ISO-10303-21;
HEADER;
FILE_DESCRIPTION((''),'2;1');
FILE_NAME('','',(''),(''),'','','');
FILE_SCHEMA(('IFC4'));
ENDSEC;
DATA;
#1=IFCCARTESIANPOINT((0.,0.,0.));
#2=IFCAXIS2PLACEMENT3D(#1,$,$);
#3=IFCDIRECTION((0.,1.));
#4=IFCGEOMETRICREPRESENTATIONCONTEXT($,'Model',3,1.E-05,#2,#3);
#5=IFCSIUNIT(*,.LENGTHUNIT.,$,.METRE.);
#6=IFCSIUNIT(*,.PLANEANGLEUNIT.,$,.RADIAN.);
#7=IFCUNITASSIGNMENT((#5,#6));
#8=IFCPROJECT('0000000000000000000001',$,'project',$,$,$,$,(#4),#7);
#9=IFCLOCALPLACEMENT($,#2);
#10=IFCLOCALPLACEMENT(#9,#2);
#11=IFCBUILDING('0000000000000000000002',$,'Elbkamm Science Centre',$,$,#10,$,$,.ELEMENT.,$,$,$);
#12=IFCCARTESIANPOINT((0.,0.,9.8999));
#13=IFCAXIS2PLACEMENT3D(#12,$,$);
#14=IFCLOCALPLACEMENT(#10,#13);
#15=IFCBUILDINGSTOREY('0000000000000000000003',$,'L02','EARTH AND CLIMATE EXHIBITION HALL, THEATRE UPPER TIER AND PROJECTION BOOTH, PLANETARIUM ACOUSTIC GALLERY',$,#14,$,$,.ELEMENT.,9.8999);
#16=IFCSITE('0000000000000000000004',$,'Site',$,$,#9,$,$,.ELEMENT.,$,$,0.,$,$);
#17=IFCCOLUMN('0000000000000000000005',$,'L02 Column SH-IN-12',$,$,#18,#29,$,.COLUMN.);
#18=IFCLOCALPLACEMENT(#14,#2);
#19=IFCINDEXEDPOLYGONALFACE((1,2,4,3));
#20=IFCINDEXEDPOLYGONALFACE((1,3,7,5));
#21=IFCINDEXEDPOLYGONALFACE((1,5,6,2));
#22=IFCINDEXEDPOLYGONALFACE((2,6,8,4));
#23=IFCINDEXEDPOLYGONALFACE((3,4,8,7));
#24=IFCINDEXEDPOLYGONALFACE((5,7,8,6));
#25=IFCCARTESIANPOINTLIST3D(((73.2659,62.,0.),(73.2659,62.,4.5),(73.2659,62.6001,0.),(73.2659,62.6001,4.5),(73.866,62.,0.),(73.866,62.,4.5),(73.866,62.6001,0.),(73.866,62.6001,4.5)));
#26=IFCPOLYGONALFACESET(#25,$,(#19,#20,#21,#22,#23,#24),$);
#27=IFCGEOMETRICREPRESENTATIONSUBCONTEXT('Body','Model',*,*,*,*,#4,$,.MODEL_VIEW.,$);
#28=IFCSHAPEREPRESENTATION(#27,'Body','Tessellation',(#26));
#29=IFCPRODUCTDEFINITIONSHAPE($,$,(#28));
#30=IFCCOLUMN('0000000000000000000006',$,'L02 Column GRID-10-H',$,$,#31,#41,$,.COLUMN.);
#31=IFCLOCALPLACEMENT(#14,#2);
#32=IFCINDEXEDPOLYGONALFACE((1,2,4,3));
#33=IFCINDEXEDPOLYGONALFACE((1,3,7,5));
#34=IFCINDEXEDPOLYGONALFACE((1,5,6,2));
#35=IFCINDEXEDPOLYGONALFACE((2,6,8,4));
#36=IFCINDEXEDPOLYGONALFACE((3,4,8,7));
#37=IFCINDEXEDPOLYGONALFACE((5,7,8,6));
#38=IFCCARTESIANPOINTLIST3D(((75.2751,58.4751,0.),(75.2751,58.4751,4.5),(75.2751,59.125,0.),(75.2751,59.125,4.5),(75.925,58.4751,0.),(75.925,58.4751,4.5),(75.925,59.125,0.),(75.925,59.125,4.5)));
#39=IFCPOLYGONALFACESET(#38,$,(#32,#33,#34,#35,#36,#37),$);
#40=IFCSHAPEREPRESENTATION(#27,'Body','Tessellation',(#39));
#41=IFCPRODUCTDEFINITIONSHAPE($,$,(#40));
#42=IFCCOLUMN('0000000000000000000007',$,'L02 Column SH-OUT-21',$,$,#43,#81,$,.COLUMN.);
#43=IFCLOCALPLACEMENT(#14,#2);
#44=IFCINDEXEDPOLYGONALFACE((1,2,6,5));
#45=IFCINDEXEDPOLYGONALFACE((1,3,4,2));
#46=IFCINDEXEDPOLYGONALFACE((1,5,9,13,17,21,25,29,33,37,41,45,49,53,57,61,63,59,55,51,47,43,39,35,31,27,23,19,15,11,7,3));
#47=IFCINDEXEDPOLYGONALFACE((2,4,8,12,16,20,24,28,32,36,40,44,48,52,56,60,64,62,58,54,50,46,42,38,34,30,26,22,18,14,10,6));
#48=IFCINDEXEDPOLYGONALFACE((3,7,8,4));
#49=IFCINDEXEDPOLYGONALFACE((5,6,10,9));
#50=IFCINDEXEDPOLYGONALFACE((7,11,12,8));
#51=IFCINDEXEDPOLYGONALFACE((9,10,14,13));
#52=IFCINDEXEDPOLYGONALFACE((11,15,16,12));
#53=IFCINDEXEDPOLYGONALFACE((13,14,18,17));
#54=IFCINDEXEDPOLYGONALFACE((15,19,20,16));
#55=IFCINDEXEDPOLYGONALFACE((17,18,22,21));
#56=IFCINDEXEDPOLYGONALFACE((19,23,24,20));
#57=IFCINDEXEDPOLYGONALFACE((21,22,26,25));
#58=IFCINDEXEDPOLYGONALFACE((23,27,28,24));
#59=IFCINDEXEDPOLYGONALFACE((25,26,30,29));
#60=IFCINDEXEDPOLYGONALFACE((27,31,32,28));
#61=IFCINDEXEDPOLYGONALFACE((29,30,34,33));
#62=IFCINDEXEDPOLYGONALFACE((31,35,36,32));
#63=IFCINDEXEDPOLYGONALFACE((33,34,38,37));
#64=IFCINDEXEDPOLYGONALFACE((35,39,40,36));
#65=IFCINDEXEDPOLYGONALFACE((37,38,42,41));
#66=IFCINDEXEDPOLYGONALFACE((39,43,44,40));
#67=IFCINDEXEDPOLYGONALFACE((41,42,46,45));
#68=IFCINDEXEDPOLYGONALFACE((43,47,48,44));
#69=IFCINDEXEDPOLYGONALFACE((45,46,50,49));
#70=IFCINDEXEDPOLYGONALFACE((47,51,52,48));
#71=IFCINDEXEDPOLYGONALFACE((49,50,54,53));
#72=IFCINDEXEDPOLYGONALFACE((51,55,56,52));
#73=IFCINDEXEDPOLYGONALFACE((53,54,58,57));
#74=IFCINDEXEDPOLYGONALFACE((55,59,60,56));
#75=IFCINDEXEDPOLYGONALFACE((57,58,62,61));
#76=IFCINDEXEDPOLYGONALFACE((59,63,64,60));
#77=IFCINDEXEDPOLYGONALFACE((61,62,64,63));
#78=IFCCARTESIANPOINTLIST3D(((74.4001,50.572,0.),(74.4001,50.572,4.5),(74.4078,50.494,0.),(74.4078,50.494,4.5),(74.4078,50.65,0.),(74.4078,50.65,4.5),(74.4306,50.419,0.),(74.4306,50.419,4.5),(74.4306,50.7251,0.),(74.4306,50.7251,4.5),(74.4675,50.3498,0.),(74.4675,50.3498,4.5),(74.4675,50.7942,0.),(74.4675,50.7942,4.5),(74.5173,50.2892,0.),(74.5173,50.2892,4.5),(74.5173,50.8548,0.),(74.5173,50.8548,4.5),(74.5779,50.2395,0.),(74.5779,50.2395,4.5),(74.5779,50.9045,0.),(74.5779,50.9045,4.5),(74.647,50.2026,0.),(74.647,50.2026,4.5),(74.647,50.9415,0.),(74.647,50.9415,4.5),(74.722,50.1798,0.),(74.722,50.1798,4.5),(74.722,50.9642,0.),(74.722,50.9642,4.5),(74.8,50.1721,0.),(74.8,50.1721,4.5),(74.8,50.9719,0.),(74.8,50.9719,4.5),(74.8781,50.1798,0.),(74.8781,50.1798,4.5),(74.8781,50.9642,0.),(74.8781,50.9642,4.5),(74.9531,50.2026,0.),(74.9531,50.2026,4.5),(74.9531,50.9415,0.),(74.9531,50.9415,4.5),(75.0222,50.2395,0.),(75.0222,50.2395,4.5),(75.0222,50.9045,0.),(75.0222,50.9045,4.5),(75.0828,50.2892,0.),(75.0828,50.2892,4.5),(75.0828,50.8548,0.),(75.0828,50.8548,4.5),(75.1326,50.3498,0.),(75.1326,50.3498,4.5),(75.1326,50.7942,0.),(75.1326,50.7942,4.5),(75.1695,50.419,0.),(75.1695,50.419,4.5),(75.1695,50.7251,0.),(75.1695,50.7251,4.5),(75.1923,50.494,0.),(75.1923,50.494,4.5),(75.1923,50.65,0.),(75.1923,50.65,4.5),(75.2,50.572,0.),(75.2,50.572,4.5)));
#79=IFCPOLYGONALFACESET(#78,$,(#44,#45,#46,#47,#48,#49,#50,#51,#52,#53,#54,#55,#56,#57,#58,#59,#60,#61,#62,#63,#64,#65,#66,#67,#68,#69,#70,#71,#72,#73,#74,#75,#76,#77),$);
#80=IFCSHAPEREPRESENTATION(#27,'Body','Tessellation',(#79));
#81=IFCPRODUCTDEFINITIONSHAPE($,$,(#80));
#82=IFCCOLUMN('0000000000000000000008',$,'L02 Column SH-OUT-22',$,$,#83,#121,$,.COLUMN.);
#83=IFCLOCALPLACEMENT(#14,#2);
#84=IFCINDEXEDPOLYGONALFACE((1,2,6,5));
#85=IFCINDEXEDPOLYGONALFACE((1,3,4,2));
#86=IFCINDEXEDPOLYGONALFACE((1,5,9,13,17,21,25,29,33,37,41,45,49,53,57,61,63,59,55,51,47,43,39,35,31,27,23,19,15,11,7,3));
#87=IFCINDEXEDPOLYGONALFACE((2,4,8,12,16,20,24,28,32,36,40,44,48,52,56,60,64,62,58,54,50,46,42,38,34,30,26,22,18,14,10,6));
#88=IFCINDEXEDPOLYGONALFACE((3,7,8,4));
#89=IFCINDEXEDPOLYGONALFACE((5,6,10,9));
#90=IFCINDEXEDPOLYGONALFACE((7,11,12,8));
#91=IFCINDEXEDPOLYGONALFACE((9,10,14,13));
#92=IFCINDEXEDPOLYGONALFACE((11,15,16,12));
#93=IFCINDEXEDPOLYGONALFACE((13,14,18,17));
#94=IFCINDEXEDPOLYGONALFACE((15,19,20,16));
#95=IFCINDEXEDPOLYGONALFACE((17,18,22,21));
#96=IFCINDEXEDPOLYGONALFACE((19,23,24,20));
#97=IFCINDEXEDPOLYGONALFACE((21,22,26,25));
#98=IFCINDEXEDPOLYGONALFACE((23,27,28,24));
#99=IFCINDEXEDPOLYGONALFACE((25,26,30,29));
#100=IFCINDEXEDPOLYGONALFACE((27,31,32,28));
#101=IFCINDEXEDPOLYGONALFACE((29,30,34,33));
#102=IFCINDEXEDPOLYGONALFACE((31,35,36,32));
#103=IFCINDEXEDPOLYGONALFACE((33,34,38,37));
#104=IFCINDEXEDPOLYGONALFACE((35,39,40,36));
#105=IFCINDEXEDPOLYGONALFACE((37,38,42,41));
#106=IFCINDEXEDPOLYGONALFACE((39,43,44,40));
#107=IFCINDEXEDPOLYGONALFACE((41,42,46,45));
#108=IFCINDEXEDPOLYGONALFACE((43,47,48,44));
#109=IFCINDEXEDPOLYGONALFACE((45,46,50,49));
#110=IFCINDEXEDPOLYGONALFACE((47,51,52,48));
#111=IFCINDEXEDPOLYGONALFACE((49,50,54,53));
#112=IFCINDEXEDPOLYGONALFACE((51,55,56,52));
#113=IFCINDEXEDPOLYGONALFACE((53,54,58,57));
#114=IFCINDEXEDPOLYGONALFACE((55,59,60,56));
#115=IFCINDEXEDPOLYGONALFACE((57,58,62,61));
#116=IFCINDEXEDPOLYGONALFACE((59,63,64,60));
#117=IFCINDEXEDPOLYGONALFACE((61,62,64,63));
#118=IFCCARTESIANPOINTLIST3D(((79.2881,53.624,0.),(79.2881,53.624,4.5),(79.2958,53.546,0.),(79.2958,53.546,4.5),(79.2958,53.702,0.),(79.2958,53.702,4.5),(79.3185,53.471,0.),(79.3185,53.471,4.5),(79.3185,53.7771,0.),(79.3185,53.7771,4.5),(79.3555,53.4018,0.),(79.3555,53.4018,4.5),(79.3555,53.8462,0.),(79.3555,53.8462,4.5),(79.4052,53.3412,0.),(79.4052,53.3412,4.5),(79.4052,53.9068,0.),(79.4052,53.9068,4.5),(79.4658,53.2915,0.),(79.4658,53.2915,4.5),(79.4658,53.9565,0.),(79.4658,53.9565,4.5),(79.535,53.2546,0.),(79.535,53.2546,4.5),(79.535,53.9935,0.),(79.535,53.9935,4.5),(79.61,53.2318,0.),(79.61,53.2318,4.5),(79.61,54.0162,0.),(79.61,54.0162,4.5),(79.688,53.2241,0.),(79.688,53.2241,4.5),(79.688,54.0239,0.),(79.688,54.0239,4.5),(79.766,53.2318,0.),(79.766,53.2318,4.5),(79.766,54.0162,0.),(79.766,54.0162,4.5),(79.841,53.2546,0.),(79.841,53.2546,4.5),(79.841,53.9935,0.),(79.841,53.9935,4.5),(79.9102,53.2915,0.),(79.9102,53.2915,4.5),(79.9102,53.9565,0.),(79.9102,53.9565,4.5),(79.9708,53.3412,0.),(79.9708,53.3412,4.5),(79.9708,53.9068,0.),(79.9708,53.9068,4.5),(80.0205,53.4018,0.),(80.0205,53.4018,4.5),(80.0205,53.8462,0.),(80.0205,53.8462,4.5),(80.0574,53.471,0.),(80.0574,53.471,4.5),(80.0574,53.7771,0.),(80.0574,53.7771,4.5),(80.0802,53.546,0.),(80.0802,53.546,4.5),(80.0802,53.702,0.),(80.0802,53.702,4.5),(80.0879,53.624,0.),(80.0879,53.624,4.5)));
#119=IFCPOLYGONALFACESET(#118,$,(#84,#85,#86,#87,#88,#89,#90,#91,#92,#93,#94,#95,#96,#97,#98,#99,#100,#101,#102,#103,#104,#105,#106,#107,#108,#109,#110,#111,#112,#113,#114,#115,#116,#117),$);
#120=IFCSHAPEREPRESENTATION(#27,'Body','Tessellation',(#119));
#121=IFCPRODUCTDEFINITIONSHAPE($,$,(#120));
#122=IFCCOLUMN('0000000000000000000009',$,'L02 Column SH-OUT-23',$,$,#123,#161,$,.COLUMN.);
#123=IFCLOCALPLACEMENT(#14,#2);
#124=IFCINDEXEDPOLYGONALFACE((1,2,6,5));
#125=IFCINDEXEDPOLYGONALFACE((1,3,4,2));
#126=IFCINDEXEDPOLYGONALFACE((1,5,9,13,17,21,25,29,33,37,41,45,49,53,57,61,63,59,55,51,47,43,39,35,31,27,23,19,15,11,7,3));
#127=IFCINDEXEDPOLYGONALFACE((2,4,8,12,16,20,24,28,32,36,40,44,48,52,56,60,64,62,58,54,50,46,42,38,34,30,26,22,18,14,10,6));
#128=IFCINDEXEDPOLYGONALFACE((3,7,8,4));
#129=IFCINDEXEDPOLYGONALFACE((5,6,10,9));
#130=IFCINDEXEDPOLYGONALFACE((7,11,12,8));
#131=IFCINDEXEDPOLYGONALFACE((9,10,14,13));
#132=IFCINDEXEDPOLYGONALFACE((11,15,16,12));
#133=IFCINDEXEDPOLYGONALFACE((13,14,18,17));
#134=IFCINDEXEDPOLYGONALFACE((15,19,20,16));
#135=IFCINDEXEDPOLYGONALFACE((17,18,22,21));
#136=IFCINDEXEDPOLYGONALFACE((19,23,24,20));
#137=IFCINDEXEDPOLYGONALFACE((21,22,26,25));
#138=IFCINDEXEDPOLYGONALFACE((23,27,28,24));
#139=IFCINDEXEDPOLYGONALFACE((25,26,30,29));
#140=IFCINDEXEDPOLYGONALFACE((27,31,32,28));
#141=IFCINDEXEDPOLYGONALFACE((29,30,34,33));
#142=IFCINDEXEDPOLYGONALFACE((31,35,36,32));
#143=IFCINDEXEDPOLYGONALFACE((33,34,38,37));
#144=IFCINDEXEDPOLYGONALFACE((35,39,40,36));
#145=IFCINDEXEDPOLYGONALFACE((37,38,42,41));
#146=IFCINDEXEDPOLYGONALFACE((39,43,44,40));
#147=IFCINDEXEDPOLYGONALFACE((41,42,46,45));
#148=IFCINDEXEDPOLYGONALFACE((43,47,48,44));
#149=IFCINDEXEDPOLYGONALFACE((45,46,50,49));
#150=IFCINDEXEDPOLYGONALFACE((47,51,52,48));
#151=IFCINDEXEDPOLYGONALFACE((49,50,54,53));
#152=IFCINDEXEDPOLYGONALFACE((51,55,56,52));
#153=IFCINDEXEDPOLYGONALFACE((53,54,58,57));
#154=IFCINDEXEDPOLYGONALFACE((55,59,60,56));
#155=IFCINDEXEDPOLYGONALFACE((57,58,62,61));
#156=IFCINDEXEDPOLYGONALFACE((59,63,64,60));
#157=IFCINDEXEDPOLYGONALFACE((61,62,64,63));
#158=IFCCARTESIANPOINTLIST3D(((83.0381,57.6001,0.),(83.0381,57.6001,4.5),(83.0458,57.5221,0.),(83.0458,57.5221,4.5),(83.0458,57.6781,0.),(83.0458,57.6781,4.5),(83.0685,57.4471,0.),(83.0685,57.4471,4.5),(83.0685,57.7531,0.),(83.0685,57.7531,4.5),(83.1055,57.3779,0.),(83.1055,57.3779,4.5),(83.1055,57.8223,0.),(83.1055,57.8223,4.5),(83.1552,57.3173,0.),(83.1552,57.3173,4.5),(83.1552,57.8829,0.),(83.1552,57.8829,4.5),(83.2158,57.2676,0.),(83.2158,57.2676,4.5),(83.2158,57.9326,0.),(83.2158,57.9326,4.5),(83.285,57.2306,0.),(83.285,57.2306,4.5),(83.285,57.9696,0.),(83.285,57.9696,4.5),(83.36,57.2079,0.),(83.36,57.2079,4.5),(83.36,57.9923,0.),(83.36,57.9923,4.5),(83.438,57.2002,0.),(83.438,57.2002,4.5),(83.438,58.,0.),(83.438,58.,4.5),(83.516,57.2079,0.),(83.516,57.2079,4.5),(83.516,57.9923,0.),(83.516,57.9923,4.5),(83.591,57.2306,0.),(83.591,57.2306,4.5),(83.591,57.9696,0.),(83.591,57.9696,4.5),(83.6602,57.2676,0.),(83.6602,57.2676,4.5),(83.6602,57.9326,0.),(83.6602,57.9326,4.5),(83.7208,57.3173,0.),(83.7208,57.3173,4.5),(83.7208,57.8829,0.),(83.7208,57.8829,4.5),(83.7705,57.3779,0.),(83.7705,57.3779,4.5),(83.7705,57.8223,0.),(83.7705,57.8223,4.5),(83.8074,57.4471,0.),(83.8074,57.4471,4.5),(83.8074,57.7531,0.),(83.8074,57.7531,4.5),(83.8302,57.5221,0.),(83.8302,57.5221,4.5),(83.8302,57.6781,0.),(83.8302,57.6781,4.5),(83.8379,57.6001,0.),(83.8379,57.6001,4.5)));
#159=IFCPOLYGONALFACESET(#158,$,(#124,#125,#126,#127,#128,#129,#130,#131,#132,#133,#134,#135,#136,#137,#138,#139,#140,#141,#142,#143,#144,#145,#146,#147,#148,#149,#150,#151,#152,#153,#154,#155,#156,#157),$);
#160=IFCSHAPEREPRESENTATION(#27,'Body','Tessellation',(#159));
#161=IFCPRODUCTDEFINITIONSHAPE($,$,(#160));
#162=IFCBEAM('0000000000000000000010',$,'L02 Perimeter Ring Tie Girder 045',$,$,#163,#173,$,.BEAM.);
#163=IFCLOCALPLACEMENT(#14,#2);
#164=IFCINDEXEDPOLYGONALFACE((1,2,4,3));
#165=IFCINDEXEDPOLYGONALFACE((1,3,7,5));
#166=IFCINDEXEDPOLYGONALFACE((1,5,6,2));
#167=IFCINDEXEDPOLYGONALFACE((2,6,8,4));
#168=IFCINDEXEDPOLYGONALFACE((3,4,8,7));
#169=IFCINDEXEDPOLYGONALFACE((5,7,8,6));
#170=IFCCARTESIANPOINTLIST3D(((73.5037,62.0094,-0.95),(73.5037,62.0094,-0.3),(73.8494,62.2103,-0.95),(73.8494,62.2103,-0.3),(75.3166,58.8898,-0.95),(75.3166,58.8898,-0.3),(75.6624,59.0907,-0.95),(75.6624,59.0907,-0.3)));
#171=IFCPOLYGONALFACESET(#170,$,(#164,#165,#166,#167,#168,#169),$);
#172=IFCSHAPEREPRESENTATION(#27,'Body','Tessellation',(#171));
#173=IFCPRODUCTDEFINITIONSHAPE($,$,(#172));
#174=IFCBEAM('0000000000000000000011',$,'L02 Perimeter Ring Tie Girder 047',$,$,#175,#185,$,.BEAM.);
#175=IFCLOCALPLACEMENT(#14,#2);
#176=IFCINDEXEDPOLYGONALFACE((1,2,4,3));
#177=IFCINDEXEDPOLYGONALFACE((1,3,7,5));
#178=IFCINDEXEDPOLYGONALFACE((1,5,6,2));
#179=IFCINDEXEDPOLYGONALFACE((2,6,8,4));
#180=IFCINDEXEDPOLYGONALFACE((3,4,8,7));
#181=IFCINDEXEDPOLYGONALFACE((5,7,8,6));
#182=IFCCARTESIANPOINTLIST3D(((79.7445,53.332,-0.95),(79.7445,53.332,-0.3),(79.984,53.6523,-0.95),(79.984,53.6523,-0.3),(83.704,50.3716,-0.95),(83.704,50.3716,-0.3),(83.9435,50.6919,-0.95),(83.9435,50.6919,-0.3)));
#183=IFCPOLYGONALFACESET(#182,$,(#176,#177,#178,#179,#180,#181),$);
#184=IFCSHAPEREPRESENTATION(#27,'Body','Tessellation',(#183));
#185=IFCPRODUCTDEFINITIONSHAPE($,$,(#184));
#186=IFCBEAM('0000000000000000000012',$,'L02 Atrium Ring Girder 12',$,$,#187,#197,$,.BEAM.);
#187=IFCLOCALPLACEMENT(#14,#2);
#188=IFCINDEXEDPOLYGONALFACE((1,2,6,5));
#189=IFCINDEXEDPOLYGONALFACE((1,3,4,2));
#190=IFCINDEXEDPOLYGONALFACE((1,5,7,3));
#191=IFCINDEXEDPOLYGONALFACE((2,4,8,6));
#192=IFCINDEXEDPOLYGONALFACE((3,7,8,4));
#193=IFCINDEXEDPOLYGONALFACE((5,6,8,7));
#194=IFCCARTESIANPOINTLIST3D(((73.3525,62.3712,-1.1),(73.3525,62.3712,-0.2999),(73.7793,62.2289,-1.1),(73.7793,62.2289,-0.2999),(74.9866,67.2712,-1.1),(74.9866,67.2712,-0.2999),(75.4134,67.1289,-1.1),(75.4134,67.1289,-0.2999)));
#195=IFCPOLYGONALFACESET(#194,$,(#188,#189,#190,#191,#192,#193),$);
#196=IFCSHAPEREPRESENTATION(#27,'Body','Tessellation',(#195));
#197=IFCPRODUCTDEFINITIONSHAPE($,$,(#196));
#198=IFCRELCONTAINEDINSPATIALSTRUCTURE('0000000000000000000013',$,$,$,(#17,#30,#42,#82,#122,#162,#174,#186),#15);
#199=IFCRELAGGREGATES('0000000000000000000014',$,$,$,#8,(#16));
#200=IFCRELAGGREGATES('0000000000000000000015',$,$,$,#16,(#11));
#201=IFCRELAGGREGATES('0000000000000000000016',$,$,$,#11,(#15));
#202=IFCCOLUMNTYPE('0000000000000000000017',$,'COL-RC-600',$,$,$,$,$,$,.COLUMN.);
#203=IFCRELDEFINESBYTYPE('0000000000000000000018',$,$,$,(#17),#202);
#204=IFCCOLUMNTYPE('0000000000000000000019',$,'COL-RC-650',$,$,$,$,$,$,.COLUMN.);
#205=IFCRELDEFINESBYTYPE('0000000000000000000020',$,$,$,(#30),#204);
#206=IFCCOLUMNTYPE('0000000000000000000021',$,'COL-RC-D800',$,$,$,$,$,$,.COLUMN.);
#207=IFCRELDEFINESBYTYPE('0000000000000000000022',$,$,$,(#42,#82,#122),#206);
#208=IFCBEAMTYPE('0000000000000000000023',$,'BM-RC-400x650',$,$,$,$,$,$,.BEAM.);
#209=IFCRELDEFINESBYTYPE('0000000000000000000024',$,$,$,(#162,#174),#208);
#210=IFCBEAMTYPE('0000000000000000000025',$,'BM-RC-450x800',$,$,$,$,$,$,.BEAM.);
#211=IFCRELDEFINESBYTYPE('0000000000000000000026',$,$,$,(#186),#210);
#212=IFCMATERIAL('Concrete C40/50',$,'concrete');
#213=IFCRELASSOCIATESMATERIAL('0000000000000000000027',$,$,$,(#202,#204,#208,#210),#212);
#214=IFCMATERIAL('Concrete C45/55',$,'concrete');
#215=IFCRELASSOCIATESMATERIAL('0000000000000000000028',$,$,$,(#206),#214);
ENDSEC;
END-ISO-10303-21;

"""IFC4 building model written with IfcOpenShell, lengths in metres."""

from ifc_helpers import new_model, si_unit, direction, frame, origin, origin_2d, place, context, subcontext, project, spatial, rectangle, circle, extrude, material, material_profile, profile_set, type_object, element, save


model = new_model("IFC4")

# Units and contexts
model_context = context("Model", 3, precision=1e-05, world=origin(), true_north=direction((0.0, 1.0)))
body_context = subcontext(model_context, "Body", "Model", "MODEL_VIEW")
ifc_project = project(units=[si_unit("LENGTHUNIT", "METRE"), si_unit("PLANEANGLEUNIT", "RADIAN")], contexts=[model_context])

# Site, building, storey
site_placement = place(None, origin())
site = spatial("IfcSite", under=ifc_project, at=site_placement, Name="Site", CompositionType="ELEMENT", RefElevation=0.0)
building_placement = place(site_placement, origin())
building = spatial("IfcBuilding", under=site, at=building_placement, Name="Elbkamm Science Centre", CompositionType="ELEMENT")
storey_placement = place(building_placement, frame((0.0, 0.0, 9.8999)))
storey = spatial("IfcBuildingStorey", under=building, at=storey_placement, Name="L02", Description="EARTH AND CLIMATE EXHIBITION HALL, THEATRE UPPER TIER AND PROJECTION BOOTH, PLANETARIUM ACOUSTIC GALLERY", CompositionType="ELEMENT", Elevation=9.8999)

# Columns
ifc_material_1 = material(Name="Concrete C40/50", Category="concrete")
ifc_material_profile_1 = material_profile(ifc_material_1, rectangle(XDim=0.6001, YDim=0.6001, at=origin_2d()), Name="RC 600x600")
ifc_profile_set_1 = profile_set([ifc_material_profile_1], Name="Concrete C40/50")
column_type_1 = type_object("IfcColumnType", Name="COL-RC-600", PredefinedType="COLUMN", material=ifc_profile_set_1)
column_1_placement = place(storey_placement, frame((73.5659, 62.3, 0.0), z_axis=(0.0, 0.0, 1.0), x_axis=(1.0, 0.0, 0.0)))
element("IfcColumn", 1, at=column_1_placement, inside=storey, type_object=column_type_1, Name="L02 Column SH-IN-12", PredefinedType="COLUMN", context=body_context, shape_type="SweptSolid", body=[
    extrude(rectangle(XDim=0.6001, YDim=0.6001, at=origin_2d()), origin(), (0.0, 0.0, 1.0), 4.5),
])
ifc_material_profile_2 = material_profile(ifc_material_1, rectangle(XDim=0.6499, YDim=0.6499, at=origin_2d()), Name="RC 650x650")
ifc_profile_set_2 = profile_set([ifc_material_profile_2], Name="Concrete C40/50")
column_type_2 = type_object("IfcColumnType", Name="COL-RC-650", PredefinedType="COLUMN", material=ifc_profile_set_2)
column_2_placement = place(storey_placement, frame((75.6001, 58.8, 0.0), z_axis=(0.0, 0.0, 1.0), x_axis=(1.0, 0.0, 0.0)))
element("IfcColumn", 2, at=column_2_placement, inside=storey, type_object=column_type_2, Name="L02 Column GRID-10-H", PredefinedType="COLUMN", context=body_context, shape_type="SweptSolid", body=[
    extrude(rectangle(XDim=0.6499, YDim=0.6499, at=origin_2d()), origin(), (0.0, 0.0, 1.0), 4.5),
])
ifc_material_2 = material(Name="Concrete C45/55", Category="concrete")
ifc_material_profile_3 = material_profile(ifc_material_2, circle(Radius=0.3999, at=origin_2d()), Name="RC D800")
ifc_profile_set_3 = profile_set([ifc_material_profile_3], Name="Concrete C45/55")
column_type_3 = type_object("IfcColumnType", Name="COL-RC-D800", PredefinedType="COLUMN", material=ifc_profile_set_3)
for number, where, z_axis, x_axis, name in (
    (3, (74.8, 50.572, 0.0), (0.0, 0.0, 1.0), (1.0, 0.0, 0.0), "L02 Column SH-OUT-21"),
    (4, (79.688, 53.624, 0.0), (0.0, 0.0, 1.0), (1.0, 0.0, 0.0), "L02 Column SH-OUT-22"),
    (5, (83.438, 57.6001, 0.0), (0.0, 0.0, 1.0), (1.0, 0.0, 0.0), "L02 Column SH-OUT-23"),
):
    element("IfcColumn", number, at=place(storey_placement, frame(where, z_axis=z_axis, x_axis=x_axis)), inside=storey, type_object=column_type_3, Name=name, PredefinedType="COLUMN", context=body_context, shape_type="SweptSolid", body=[
        extrude(circle(Radius=0.3999, at=origin_2d()), origin(), (0.0, 0.0, 1.0), 4.5),
    ])

# Beams
ifc_material_profile_4 = material_profile(ifc_material_1, rectangle(XDim=0.3999, YDim=0.6499, at=origin_2d()), Name="RC 400x650")
ifc_profile_set_4 = profile_set([ifc_material_profile_4], Name="Concrete C40/50")
beam_type_1 = type_object("IfcBeamType", Name="BM-RC-400x650", PredefinedType="BEAM", material=ifc_profile_set_4)
beam_1_placement = place(storey_placement, frame((75.4895, 58.9902, -0.625), z_axis=(-0.502465, 0.864597, 0.0), x_axis=(-0.864597, -0.502465, 0.0)))
element("IfcBeam", 6, at=beam_1_placement, inside=storey, type_object=beam_type_1, Name="L02 Perimeter Ring Tie Girder 045", PredefinedType="BEAM", context=body_context, shape_type="SweptSolid", body=[
    extrude(rectangle(XDim=0.3999, YDim=0.6499, at=origin_2d()), origin(), (0.0, 0.0, 1.0), 3.6082),
])
beam_2_placement = place(storey_placement, frame((83.8237, 50.5317, -0.625), z_axis=(-0.800888, 0.598814, 0.0), x_axis=(-0.598814, -0.800888, 0.0)))
element("IfcBeam", 7, at=beam_2_placement, inside=storey, type_object=beam_type_1, Name="L02 Perimeter Ring Tie Girder 047", PredefinedType="BEAM", context=body_context, shape_type="SweptSolid", body=[
    extrude(rectangle(XDim=0.3999, YDim=0.6499, at=origin_2d()), origin(), (0.0, 0.0, 1.0), 4.9438),
])
ifc_material_profile_5 = material_profile(ifc_material_1, rectangle(XDim=0.45, YDim=0.8, at=origin_2d()), Name="RC 450x800")
ifc_profile_set_5 = profile_set([ifc_material_profile_5], Name="Concrete C40/50")
beam_type_2 = type_object("IfcBeamType", Name="BM-RC-450x800", PredefinedType="BEAM", material=ifc_profile_set_5)
beam_3_placement = place(storey_placement, frame((73.5659, 62.3, -0.7), z_axis=(0.316355, 0.948641, 0.0), x_axis=(-0.948641, 0.316355, 0.0)))
element("IfcBeam", 8, at=beam_3_placement, inside=storey, type_object=beam_type_2, Name="L02 Atrium Ring Girder 12", PredefinedType="BEAM", context=body_context, shape_type="SweptSolid", body=[
    extrude(rectangle(XDim=0.45, YDim=0.8, at=origin_2d()), origin(), (0.0, 0.0, 1.0), 5.1653),
])

save(model, "model.ifc")
